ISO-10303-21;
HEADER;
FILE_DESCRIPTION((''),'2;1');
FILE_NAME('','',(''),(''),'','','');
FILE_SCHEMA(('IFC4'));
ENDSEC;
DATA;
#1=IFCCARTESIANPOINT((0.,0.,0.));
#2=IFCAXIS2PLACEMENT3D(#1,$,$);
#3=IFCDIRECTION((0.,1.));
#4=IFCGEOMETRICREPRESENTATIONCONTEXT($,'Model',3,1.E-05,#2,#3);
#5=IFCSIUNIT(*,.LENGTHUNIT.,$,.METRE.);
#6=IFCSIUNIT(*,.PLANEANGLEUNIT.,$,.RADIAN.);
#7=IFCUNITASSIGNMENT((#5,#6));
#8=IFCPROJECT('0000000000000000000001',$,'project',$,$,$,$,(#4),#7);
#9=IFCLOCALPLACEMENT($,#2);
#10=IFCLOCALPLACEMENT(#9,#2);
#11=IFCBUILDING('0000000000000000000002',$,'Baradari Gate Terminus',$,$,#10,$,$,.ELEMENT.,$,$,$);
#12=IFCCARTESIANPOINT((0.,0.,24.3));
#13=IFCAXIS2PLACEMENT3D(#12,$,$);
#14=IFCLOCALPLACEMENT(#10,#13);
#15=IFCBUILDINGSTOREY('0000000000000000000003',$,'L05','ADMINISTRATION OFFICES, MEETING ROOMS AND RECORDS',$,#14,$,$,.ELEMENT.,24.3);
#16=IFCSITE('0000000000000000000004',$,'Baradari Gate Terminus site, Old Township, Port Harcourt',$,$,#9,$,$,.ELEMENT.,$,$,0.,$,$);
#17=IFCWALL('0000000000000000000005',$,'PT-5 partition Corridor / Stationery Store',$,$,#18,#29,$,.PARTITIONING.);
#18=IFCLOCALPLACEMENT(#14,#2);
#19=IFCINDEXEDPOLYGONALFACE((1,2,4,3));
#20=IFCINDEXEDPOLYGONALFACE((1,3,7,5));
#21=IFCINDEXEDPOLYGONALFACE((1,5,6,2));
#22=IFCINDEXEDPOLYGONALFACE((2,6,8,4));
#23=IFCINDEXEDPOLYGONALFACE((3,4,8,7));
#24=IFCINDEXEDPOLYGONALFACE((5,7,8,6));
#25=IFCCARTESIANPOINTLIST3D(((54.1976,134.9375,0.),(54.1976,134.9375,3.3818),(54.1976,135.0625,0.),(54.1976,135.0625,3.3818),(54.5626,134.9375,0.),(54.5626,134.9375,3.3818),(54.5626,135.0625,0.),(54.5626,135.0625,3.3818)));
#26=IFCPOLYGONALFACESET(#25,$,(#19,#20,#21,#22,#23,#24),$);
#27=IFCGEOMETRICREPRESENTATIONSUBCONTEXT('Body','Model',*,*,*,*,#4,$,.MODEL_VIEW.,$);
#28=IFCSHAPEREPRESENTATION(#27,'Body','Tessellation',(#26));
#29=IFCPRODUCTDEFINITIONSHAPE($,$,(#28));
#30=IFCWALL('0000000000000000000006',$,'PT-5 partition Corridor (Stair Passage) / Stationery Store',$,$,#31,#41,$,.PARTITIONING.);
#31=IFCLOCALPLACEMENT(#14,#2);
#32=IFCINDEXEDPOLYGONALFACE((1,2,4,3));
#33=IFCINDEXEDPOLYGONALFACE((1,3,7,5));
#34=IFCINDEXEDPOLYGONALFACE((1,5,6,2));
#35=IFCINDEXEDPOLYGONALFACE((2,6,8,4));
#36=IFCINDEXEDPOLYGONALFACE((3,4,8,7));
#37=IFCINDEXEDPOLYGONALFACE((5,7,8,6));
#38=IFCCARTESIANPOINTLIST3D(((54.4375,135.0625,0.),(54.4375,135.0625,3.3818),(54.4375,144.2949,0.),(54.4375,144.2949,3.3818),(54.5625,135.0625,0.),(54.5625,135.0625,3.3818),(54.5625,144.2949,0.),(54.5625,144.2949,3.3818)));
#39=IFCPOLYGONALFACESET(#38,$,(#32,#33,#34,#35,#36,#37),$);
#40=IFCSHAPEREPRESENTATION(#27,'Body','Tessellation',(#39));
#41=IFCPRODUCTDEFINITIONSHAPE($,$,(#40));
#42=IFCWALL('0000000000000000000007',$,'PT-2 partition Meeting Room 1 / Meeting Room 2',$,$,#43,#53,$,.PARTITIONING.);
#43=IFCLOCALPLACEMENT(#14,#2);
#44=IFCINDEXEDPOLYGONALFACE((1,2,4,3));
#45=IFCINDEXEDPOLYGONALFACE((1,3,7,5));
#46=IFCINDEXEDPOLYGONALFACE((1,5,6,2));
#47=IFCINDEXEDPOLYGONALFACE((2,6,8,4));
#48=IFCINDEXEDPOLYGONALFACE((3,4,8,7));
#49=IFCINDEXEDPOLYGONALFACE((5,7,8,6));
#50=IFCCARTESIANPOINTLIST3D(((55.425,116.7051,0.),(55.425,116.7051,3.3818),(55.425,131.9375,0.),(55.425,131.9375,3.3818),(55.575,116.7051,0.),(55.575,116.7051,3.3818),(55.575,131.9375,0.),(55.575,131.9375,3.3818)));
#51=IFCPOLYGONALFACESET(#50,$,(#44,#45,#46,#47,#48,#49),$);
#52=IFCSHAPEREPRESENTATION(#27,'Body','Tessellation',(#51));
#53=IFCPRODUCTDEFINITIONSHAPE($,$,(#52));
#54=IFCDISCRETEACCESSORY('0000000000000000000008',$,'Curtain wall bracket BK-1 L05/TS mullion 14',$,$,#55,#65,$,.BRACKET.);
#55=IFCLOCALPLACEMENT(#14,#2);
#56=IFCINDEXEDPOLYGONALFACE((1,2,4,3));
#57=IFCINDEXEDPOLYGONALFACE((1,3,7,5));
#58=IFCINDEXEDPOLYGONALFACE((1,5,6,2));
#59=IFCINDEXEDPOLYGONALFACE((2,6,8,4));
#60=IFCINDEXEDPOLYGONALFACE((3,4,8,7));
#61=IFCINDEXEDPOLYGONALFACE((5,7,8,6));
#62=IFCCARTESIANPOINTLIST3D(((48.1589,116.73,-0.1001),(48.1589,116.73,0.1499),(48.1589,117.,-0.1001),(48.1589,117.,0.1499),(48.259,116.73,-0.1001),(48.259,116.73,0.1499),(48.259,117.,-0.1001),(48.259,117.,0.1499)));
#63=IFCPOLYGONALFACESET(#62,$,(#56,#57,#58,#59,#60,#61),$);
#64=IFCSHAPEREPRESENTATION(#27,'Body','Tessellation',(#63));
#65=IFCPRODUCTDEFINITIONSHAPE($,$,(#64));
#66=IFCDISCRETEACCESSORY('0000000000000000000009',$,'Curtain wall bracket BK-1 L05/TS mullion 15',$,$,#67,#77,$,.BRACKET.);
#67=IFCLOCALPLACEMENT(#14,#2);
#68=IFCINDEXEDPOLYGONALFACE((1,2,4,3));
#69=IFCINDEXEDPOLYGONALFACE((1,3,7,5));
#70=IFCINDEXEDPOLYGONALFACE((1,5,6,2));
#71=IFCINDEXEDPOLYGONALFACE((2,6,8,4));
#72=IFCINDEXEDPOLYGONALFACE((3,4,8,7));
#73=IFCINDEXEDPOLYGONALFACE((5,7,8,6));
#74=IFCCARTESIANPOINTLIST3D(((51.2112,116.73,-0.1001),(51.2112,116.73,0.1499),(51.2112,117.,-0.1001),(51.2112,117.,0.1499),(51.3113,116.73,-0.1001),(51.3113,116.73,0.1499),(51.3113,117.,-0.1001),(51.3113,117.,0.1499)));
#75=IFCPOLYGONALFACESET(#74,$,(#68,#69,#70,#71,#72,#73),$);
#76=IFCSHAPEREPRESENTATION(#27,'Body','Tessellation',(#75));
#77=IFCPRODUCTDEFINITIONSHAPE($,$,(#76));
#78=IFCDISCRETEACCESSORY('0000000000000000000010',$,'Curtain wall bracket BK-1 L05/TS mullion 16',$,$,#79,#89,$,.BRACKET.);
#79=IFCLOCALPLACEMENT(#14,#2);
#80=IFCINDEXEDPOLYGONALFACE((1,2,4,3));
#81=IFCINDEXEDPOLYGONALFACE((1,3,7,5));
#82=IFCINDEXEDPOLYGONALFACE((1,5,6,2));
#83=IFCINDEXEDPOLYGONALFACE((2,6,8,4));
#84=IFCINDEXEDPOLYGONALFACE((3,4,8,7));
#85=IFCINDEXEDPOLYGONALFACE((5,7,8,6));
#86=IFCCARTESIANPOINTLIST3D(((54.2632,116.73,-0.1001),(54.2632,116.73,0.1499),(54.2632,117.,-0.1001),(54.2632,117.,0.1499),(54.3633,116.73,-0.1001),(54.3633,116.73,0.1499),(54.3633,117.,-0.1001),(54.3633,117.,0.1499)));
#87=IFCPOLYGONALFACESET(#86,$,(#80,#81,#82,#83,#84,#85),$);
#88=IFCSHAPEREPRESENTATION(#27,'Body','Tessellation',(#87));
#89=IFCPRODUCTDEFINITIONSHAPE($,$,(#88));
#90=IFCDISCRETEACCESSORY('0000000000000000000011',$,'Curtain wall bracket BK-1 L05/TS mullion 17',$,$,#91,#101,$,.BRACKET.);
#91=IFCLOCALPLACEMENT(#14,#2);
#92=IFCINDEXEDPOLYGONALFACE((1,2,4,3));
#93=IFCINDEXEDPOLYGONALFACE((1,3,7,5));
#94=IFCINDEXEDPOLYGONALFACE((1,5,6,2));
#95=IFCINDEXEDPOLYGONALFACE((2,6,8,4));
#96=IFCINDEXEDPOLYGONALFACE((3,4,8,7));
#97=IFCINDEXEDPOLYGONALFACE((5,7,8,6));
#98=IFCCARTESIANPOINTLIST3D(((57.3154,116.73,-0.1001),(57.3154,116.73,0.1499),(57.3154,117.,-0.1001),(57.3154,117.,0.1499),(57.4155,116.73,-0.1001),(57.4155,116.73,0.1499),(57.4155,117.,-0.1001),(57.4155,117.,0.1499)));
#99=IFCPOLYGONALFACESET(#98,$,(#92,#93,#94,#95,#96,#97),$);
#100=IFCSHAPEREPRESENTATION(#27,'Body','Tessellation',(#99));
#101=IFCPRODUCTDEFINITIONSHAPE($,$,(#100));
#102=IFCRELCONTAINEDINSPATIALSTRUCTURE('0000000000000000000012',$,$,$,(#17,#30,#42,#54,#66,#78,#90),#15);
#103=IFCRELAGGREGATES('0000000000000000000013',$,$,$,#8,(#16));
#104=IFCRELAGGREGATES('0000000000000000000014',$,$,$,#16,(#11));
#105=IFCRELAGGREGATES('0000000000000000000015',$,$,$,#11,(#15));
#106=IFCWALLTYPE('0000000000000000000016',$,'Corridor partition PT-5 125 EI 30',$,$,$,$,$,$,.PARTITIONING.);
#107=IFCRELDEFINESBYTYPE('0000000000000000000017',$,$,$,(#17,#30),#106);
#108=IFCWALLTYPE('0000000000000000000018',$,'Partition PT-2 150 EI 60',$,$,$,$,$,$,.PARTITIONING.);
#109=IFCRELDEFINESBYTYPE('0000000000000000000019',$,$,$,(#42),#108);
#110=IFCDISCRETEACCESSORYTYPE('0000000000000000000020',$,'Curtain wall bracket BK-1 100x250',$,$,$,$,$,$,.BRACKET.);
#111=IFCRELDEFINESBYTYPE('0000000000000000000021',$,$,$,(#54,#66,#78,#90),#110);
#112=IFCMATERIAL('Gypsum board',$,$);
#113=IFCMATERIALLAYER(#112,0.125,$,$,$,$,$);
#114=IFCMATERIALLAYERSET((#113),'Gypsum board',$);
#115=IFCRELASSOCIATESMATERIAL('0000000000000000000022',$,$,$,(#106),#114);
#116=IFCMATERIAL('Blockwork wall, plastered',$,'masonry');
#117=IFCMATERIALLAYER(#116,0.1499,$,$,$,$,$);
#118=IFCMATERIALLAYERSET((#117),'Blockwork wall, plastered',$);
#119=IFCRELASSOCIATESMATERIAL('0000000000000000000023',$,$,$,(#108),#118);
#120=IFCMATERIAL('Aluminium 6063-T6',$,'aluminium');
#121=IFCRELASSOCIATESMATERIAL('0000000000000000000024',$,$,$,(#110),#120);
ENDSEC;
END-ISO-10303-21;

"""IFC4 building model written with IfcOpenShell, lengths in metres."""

from ifc_helpers import new_model, si_unit, direction, frame, frame_2d, origin, origin_2d, place, context, subcontext, project, spatial, rectangle, extrude, material, layer, layer_set, type_object, element, save


model = new_model("IFC4")

# Units and contexts
model_context = context("Model", 3, precision=1e-05, world=origin(), true_north=direction((0.0, 1.0)))
body_context = subcontext(model_context, "Body", "Model", "MODEL_VIEW")
ifc_project = project(units=[si_unit("LENGTHUNIT", "METRE"), si_unit("PLANEANGLEUNIT", "RADIAN")], contexts=[model_context])

# Site, building, storey
site_placement = place(None, origin())
site = spatial("IfcSite", under=ifc_project, at=site_placement, Name="Baradari Gate Terminus site, Old Township, Port Harcourt", CompositionType="ELEMENT", RefElevation=0.0)
building_placement = place(site_placement, origin())
building = spatial("IfcBuilding", under=site, at=building_placement, Name="Baradari Gate Terminus", CompositionType="ELEMENT")
storey_placement = place(building_placement, frame((0.0, 0.0, 24.3)))
storey = spatial("IfcBuildingStorey", under=building, at=storey_placement, Name="L05", Description="ADMINISTRATION OFFICES, MEETING ROOMS AND RECORDS", CompositionType="ELEMENT", Elevation=24.3)

# Shared definitions
ifc_material_1 = material(Name="Gypsum board")
ifc_layer_1 = layer(ifc_material_1, 0.125)
ifc_layer_set_1 = layer_set([ifc_layer_1], Name="Gypsum board")
wall_type_1 = type_object("IfcWallType", Name="Corridor partition PT-5 125 EI 30", PredefinedType="PARTITIONING", material=ifc_layer_set_1)

# Walls
wall_1_placement = place(storey_placement, frame((54.1975, 135.0, 0.0), z_axis=(0.0, 0.0, 1.0), x_axis=(1.0, 0.0, 0.0)))
element("IfcWall", 1, at=wall_1_placement, inside=storey, type_object=wall_type_1, Name="PT-5 partition Corridor / Stationery Store", PredefinedType="PARTITIONING", context=body_context, shape_type="SweptSolid", body=[
    extrude(rectangle(XDim=0.365, YDim=0.125, at=frame_2d((0.1826, 0.0))), origin(), (0.0, 0.0, 1.0), 3.3818),
])
wall_2_placement = place(storey_placement, frame((54.5, 135.0625, 0.0), z_axis=(0.0, 0.0, 1.0), x_axis=(0.0, 1.0, 0.0)))
element("IfcWall", 2, at=wall_2_placement, inside=storey, type_object=wall_type_1, Name="PT-5 partition Corridor (Stair Passage) / Stationery Store", PredefinedType="PARTITIONING", context=body_context, shape_type="SweptSolid", body=[
    extrude(rectangle(XDim=9.2324, YDim=0.125, at=frame_2d((4.6162, 0.0))), origin(), (0.0, 0.0, 1.0), 3.3818),
])
ifc_material_2 = material(Name="Blockwork wall, plastered", Category="masonry")
ifc_layer_2 = layer(ifc_material_2, 0.1499)
ifc_layer_set_2 = layer_set([ifc_layer_2], Name="Blockwork wall, plastered")
wall_type_2 = type_object("IfcWallType", Name="Partition PT-2 150 EI 60", PredefinedType="PARTITIONING", material=ifc_layer_set_2)
wall_3_placement = place(storey_placement, frame((55.5, 131.9375, 0.0), z_axis=(0.0, 0.0, 1.0), x_axis=(0.0, -1.0, 0.0)))
element("IfcWall", 3, at=wall_3_placement, inside=storey, type_object=wall_type_2, Name="PT-2 partition Meeting Room 1 / Meeting Room 2", PredefinedType="PARTITIONING", context=body_context, shape_type="SweptSolid", body=[
    extrude(rectangle(XDim=15.2324, YDim=0.1499, at=frame_2d((7.6162, 0.0))), origin(), (0.0, 0.0, 1.0), 3.3818),
])

# Discrete accessories
ifc_material_3 = material(Name="Aluminium 6063-T6", Category="aluminium")
discrete_accessory_type = type_object("IfcDiscreteAccessoryType", Name="Curtain wall bracket BK-1 100x250", PredefinedType="BRACKET", material=ifc_material_3)
for number, where, z_axis, x_axis, name in (
    (4, (48.209, 116.865, -0.1001), (0.0, 0.0, 1.0), (0.0, -1.0, 0.0), "Curtain wall bracket BK-1 L05/TS mullion 14"),
    (5, (51.2612, 116.865, -0.1001), (0.0, 0.0, 1.0), (0.0, -1.0, 0.0), "Curtain wall bracket BK-1 L05/TS mullion 15"),
    (6, (54.3132, 116.865, -0.1001), (0.0, 0.0, 1.0), (0.0, -1.0, 0.0), "Curtain wall bracket BK-1 L05/TS mullion 16"),
    (7, (57.3655, 116.865, -0.1001), (0.0, 0.0, 1.0), (0.0, -1.0, 0.0), "Curtain wall bracket BK-1 L05/TS mullion 17"),
):
    element("IfcDiscreteAccessory", number, at=place(storey_placement, frame(where, z_axis=z_axis, x_axis=x_axis)), inside=storey, type_object=discrete_accessory_type, Name=name, PredefinedType="BRACKET", context=body_context, shape_type="SweptSolid", body=[
        extrude(rectangle(XDim=0.27, YDim=0.1001, at=origin_2d()), origin(), (0.0, 0.0, 1.0), 0.25),
    ])

save(model, "model.ifc")
